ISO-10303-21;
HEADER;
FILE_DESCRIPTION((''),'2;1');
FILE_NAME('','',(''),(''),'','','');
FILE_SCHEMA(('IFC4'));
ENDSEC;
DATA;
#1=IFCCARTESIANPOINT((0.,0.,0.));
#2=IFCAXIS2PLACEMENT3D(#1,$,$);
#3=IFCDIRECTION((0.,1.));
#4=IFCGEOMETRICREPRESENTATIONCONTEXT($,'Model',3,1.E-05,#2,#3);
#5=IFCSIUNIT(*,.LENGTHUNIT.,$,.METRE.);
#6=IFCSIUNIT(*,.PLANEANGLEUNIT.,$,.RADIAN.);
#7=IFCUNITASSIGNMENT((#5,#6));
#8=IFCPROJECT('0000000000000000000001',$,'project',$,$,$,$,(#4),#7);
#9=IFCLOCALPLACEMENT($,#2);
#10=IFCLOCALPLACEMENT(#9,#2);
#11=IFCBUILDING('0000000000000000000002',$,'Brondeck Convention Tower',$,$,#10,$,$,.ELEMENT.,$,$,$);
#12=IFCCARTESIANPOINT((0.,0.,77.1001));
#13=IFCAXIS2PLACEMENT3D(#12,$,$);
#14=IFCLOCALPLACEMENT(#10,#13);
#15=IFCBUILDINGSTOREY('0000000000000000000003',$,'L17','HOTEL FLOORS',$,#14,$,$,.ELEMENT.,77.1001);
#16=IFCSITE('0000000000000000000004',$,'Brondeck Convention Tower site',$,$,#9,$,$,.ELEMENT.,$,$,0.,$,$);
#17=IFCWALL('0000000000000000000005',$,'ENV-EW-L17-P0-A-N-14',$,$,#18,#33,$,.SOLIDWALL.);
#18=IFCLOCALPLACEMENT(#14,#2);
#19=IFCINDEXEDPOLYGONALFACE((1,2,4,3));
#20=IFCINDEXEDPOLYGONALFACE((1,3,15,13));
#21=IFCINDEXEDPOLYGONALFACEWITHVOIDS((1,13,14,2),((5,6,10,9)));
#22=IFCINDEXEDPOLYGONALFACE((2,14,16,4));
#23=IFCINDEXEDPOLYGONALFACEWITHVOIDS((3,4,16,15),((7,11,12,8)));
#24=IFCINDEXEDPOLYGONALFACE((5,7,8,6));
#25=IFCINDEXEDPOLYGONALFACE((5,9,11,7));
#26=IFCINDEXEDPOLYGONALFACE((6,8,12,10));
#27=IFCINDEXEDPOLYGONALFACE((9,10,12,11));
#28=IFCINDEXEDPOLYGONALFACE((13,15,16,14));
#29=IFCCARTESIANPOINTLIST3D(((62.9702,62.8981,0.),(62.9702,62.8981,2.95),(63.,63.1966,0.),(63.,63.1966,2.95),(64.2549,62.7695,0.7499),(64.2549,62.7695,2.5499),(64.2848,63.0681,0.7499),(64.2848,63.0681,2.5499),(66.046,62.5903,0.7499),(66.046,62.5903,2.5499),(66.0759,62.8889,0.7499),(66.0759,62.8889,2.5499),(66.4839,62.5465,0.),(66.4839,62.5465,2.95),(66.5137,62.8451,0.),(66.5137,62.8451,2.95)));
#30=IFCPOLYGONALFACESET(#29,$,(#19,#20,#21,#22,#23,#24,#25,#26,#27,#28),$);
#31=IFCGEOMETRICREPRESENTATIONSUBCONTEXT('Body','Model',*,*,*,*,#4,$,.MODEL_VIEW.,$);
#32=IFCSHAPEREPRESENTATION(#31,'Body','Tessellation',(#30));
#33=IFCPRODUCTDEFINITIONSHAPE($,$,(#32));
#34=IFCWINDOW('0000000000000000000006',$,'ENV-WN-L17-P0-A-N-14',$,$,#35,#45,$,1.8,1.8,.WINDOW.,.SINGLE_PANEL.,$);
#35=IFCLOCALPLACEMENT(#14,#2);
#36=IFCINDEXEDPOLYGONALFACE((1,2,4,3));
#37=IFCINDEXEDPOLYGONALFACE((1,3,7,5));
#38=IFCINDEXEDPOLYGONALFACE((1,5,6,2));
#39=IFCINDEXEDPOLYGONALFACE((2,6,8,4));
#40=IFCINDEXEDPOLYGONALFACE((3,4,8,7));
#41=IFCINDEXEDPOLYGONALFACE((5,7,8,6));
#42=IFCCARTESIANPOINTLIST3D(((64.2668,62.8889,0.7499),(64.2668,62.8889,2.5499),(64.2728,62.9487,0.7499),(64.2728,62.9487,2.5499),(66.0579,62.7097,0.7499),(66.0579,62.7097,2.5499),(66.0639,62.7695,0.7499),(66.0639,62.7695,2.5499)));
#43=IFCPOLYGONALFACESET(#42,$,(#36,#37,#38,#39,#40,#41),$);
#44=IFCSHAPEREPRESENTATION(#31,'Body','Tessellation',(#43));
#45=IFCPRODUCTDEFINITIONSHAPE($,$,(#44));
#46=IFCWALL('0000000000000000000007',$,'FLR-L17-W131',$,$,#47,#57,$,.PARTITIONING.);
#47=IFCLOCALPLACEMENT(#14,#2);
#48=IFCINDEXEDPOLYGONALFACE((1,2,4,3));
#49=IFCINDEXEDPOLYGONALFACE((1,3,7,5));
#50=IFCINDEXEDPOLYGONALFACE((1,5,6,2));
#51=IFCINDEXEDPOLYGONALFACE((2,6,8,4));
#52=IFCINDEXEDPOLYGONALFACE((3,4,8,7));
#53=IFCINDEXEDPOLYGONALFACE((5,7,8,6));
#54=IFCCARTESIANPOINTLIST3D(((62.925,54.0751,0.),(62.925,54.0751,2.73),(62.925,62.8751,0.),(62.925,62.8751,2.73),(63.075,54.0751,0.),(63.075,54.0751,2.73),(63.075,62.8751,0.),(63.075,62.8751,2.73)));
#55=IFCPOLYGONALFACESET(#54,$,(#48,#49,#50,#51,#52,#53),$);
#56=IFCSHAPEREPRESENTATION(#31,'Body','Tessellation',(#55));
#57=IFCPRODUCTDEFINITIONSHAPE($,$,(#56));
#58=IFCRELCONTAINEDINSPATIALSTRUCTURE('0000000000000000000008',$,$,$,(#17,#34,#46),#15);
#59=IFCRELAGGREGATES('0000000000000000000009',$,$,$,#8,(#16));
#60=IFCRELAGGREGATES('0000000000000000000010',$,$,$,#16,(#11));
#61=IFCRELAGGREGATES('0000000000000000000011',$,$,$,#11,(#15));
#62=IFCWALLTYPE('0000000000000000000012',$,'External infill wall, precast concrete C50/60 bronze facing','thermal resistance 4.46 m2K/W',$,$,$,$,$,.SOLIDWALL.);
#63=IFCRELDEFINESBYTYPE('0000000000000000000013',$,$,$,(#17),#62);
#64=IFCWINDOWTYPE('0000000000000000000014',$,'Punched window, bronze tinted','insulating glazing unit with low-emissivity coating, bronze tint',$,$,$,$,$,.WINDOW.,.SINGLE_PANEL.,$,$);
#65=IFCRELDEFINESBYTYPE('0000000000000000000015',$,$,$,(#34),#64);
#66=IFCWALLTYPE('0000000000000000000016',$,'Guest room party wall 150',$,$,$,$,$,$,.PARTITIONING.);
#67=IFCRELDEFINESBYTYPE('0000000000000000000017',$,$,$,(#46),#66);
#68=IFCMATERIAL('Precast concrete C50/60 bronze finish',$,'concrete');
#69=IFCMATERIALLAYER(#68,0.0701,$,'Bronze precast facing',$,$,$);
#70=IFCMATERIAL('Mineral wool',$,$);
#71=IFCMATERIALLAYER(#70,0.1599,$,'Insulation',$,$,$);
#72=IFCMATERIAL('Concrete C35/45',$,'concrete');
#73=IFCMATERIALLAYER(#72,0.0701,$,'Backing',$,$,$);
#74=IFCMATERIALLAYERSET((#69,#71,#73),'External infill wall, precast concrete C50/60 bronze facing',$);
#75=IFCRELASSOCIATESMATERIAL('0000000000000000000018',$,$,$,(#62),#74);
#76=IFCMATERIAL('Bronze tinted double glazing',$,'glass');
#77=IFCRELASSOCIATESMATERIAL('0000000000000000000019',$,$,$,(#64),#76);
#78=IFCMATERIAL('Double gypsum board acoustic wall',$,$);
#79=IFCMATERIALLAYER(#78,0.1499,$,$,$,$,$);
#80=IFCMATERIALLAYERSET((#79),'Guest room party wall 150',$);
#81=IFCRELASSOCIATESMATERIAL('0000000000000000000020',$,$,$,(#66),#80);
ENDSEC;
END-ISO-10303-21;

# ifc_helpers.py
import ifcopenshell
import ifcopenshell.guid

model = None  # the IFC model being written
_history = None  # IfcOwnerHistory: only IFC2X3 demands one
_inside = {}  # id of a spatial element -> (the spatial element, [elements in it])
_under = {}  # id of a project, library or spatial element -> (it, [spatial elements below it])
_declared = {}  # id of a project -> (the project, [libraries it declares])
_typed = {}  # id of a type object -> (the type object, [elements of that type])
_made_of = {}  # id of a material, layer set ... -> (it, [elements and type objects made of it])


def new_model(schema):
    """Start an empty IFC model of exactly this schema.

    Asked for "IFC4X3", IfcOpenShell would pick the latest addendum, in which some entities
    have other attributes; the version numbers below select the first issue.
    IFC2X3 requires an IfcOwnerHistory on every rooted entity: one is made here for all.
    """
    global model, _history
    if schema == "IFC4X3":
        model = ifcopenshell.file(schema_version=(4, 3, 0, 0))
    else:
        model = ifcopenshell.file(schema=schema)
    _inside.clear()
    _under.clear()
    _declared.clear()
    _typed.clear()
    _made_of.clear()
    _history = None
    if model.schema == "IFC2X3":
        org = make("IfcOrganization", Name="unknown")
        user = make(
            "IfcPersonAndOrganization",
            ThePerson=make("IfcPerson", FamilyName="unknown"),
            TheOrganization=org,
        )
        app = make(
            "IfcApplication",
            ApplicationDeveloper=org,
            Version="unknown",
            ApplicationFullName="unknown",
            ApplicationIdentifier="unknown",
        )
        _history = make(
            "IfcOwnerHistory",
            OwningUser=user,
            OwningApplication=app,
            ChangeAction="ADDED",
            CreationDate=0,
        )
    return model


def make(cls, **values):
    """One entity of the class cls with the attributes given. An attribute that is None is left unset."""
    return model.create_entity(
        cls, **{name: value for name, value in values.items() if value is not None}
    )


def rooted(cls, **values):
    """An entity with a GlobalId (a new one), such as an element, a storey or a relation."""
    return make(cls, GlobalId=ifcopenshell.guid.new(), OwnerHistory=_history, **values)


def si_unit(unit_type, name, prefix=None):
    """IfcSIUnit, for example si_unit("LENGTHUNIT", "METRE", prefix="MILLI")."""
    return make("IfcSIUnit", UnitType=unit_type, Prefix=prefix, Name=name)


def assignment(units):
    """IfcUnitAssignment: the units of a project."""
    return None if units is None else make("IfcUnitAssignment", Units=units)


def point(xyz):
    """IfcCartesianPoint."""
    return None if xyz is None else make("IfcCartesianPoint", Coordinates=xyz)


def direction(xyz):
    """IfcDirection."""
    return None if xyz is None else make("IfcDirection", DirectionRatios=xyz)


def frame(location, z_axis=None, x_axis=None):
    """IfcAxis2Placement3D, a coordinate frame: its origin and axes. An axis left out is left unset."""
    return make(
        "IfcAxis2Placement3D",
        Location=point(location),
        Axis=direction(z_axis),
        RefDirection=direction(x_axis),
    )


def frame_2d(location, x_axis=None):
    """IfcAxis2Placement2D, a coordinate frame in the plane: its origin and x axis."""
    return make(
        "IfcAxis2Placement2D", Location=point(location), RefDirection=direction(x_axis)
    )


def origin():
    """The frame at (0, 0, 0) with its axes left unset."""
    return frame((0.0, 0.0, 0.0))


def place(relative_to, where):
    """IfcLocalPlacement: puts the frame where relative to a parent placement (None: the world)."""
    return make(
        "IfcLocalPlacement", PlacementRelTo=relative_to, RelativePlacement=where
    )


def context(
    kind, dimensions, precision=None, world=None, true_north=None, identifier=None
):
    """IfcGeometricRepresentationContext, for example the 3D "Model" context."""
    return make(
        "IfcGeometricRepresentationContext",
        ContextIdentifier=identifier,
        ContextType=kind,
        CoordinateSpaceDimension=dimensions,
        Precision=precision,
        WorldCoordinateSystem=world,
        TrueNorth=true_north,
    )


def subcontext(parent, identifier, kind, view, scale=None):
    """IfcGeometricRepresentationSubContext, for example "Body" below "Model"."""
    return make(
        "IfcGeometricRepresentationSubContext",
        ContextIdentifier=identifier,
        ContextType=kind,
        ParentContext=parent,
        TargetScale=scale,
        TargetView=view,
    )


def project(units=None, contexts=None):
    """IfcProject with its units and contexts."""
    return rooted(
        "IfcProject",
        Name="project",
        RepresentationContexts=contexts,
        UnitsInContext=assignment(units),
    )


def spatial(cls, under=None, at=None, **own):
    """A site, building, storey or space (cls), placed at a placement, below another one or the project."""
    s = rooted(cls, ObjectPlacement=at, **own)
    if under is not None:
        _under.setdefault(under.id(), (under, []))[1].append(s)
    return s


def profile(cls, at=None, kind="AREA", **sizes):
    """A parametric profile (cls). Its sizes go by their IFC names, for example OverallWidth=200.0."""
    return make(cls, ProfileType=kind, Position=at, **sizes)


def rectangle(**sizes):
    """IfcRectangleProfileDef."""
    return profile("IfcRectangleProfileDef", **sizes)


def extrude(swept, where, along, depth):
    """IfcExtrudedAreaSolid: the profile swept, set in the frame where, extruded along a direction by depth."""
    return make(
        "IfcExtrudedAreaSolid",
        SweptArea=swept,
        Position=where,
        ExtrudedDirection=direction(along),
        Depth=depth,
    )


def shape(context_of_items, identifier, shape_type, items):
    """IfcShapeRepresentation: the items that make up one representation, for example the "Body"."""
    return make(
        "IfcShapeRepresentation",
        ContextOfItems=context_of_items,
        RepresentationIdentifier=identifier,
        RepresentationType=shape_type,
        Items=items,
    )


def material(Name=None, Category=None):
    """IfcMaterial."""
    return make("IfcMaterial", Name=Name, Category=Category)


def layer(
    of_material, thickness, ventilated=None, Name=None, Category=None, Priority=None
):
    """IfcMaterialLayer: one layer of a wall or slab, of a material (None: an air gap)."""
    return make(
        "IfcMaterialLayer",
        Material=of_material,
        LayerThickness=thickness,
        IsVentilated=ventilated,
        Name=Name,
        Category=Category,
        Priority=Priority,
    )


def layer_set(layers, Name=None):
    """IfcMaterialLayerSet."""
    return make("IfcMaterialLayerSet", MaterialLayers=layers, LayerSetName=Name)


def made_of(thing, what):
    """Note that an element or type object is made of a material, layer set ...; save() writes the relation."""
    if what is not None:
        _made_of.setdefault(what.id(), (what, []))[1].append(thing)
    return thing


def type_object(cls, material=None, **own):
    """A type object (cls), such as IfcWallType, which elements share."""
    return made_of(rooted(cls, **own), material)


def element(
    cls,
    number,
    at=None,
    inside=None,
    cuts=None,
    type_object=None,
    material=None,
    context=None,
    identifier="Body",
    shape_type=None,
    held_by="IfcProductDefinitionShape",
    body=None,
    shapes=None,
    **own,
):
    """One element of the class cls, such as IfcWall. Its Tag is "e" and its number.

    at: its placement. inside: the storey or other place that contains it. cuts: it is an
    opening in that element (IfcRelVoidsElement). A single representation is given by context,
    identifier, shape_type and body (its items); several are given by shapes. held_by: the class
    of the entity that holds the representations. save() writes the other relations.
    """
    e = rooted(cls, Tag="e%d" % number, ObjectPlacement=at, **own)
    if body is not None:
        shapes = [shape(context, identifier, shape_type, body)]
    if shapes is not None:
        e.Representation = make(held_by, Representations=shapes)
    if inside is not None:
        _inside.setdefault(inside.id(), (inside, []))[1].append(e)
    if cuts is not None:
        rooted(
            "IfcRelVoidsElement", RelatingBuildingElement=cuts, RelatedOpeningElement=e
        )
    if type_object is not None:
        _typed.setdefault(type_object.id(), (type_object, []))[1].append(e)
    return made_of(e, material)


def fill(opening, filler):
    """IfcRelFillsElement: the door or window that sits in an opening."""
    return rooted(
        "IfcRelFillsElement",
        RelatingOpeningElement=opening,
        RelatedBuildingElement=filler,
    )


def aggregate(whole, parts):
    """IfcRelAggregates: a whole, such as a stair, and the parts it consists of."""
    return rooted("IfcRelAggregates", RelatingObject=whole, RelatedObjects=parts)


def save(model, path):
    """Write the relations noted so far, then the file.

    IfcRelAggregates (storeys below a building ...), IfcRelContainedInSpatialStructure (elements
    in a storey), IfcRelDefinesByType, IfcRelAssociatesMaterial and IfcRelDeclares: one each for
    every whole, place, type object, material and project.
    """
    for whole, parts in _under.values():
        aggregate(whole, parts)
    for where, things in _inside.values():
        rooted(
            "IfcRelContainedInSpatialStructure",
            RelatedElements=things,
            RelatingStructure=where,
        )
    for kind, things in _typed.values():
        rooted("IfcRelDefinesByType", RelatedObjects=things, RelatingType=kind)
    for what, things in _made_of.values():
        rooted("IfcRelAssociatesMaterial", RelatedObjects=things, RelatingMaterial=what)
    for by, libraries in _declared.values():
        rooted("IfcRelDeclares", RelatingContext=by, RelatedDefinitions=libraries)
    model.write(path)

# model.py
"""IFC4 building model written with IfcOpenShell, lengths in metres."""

from ifc_helpers import new_model, si_unit, direction, frame, frame_2d, origin, place, context, subcontext, project, spatial, rectangle, extrude, material, layer, layer_set, type_object, element, fill, save


model = new_model("IFC4")

# Units and contexts
model_context = context("Model", 3, precision=1e-05, world=origin(), true_north=direction((0.0, 1.0)))
body_context = subcontext(model_context, "Body", "Model", "MODEL_VIEW")
ifc_project = project(units=[si_unit("LENGTHUNIT", "METRE"), si_unit("PLANEANGLEUNIT", "RADIAN")], contexts=[model_context])

# Site, building, storey
site_placement = place(None, origin())
site = spatial("IfcSite", under=ifc_project, at=site_placement, Name="Brondeck Convention Tower site", CompositionType="ELEMENT", RefElevation=0.0)
building_placement = place(site_placement, origin())
building = spatial("IfcBuilding", under=site, at=building_placement, Name="Brondeck Convention Tower", CompositionType="ELEMENT")
storey_placement = place(building_placement, frame((0.0, 0.0, 77.1001)))
storey = spatial("IfcBuildingStorey", under=building, at=storey_placement, Name="L17", Description="HOTEL FLOORS", CompositionType="ELEMENT", Elevation=77.1001)

# Shared definitions
ifc_material_1 = material(Name="Precast concrete C50/60 bronze finish", Category="concrete")
ifc_layer_1 = layer(ifc_material_1, 0.0701, Name="Bronze precast facing")
ifc_material_2 = material(Name="Mineral wool")
ifc_layer_2 = layer(ifc_material_2, 0.1599, Name="Insulation")
ifc_material_3 = material(Name="Concrete C35/45", Category="concrete")
ifc_layer_3 = layer(ifc_material_3, 0.0701, Name="Backing")
ifc_layer_set_1 = layer_set([ifc_layer_1, ifc_layer_2, ifc_layer_3], Name="External infill wall, precast concrete C50/60 bronze facing")
wall_type_1 = type_object("IfcWallType", Name="External infill wall, precast concrete C50/60 bronze facing", Description="thermal resistance 4.46 m2K/W", PredefinedType="SOLIDWALL", material=ifc_layer_set_1)
ifc_material_4 = material(Name="Bronze tinted double glazing", Category="glass")
window_type_1 = type_object("IfcWindowType", Name="Punched window, bronze tinted", Description="insulating glazing unit with low-emissivity coating, bronze tint", PartitioningType="SINGLE_PANEL", PredefinedType="WINDOW", material=ifc_material_4)

# Wall, opening, window
wall_1_placement = place(storey_placement, frame((62.9851, 63.0474, 0.0), z_axis=(0.0, 0.0, 1.0), x_axis=(0.995032, -0.099558, 0.0)))
wall_1 = element("IfcWall", 1, at=wall_1_placement, inside=storey, type_object=wall_type_1, Name="ENV-EW-L17-P0-A-N-14", PredefinedType="SOLIDWALL", context=body_context, shape_type="SweptSolid", body=[
    extrude(rectangle(XDim=3.5312, YDim=0.3, at=frame_2d((1.7656, 0.0))), origin(), (0.0, 0.0, 1.0), 2.95),
])
opening_1_placement = place(wall_1_placement, frame((1.2913, 0.0, 0.75)))
opening_1 = element("IfcOpeningElement", 2, at=opening_1_placement, cuts=wall_1, PredefinedType="OPENING", context=body_context, shape_type="SweptSolid", body=[
    extrude(rectangle(XDim=1.8, YDim=1.8, at=frame_2d((0.8999, 0.8999))), frame((0.0, 0.1599, 0.0), z_axis=(0.0, -1.0, 0.0), x_axis=(1.0, 0.0, 0.0)), (0.0, 0.0, 1.0), 0.3201),
])
window_1_placement = place(opening_1_placement, origin())
window_1 = element("IfcWindow", 3, at=window_1_placement, inside=storey, type_object=window_type_1, Name="ENV-WN-L17-P0-A-N-14", OverallHeight=1.8, OverallWidth=1.8, PartitioningType="SINGLE_PANEL", PredefinedType="WINDOW", context=body_context, shape_type="SweptSolid", body=[
    extrude(rectangle(XDim=1.8, YDim=1.8, at=frame_2d((0.8999, 0.8999))), frame((0.0, 0.03, 0.0), z_axis=(0.0, -1.0, 0.0), x_axis=(1.0, 0.0, 0.0)), (0.0, 0.0, 1.0), 0.0601),
])
fill(opening_1, window_1)

# Wall
ifc_material_5 = material(Name="Double gypsum board acoustic wall")
ifc_layer_4 = layer(ifc_material_5, 0.1499)
ifc_layer_set_2 = layer_set([ifc_layer_4], Name="Guest room party wall 150")
wall_type_2 = type_object("IfcWallType", Name="Guest room party wall 150", PredefinedType="PARTITIONING", material=ifc_layer_set_2)
wall_2_placement = place(storey_placement, frame((63.0, 62.875, 0.0), z_axis=(0.0, 0.0, 1.0), x_axis=(0.0, -1.0, 0.0)))
element("IfcWall", 4, at=wall_2_placement, inside=storey, type_object=wall_type_2, Name="FLR-L17-W131", PredefinedType="PARTITIONING", context=body_context, shape_type="SweptSolid", body=[
    extrude(rectangle(XDim=8.8, YDim=0.1499, at=frame_2d((4.3999, 0.0))), origin(), (0.0, 0.0, 1.0), 2.73),
])

save(model, "model.ifc")
